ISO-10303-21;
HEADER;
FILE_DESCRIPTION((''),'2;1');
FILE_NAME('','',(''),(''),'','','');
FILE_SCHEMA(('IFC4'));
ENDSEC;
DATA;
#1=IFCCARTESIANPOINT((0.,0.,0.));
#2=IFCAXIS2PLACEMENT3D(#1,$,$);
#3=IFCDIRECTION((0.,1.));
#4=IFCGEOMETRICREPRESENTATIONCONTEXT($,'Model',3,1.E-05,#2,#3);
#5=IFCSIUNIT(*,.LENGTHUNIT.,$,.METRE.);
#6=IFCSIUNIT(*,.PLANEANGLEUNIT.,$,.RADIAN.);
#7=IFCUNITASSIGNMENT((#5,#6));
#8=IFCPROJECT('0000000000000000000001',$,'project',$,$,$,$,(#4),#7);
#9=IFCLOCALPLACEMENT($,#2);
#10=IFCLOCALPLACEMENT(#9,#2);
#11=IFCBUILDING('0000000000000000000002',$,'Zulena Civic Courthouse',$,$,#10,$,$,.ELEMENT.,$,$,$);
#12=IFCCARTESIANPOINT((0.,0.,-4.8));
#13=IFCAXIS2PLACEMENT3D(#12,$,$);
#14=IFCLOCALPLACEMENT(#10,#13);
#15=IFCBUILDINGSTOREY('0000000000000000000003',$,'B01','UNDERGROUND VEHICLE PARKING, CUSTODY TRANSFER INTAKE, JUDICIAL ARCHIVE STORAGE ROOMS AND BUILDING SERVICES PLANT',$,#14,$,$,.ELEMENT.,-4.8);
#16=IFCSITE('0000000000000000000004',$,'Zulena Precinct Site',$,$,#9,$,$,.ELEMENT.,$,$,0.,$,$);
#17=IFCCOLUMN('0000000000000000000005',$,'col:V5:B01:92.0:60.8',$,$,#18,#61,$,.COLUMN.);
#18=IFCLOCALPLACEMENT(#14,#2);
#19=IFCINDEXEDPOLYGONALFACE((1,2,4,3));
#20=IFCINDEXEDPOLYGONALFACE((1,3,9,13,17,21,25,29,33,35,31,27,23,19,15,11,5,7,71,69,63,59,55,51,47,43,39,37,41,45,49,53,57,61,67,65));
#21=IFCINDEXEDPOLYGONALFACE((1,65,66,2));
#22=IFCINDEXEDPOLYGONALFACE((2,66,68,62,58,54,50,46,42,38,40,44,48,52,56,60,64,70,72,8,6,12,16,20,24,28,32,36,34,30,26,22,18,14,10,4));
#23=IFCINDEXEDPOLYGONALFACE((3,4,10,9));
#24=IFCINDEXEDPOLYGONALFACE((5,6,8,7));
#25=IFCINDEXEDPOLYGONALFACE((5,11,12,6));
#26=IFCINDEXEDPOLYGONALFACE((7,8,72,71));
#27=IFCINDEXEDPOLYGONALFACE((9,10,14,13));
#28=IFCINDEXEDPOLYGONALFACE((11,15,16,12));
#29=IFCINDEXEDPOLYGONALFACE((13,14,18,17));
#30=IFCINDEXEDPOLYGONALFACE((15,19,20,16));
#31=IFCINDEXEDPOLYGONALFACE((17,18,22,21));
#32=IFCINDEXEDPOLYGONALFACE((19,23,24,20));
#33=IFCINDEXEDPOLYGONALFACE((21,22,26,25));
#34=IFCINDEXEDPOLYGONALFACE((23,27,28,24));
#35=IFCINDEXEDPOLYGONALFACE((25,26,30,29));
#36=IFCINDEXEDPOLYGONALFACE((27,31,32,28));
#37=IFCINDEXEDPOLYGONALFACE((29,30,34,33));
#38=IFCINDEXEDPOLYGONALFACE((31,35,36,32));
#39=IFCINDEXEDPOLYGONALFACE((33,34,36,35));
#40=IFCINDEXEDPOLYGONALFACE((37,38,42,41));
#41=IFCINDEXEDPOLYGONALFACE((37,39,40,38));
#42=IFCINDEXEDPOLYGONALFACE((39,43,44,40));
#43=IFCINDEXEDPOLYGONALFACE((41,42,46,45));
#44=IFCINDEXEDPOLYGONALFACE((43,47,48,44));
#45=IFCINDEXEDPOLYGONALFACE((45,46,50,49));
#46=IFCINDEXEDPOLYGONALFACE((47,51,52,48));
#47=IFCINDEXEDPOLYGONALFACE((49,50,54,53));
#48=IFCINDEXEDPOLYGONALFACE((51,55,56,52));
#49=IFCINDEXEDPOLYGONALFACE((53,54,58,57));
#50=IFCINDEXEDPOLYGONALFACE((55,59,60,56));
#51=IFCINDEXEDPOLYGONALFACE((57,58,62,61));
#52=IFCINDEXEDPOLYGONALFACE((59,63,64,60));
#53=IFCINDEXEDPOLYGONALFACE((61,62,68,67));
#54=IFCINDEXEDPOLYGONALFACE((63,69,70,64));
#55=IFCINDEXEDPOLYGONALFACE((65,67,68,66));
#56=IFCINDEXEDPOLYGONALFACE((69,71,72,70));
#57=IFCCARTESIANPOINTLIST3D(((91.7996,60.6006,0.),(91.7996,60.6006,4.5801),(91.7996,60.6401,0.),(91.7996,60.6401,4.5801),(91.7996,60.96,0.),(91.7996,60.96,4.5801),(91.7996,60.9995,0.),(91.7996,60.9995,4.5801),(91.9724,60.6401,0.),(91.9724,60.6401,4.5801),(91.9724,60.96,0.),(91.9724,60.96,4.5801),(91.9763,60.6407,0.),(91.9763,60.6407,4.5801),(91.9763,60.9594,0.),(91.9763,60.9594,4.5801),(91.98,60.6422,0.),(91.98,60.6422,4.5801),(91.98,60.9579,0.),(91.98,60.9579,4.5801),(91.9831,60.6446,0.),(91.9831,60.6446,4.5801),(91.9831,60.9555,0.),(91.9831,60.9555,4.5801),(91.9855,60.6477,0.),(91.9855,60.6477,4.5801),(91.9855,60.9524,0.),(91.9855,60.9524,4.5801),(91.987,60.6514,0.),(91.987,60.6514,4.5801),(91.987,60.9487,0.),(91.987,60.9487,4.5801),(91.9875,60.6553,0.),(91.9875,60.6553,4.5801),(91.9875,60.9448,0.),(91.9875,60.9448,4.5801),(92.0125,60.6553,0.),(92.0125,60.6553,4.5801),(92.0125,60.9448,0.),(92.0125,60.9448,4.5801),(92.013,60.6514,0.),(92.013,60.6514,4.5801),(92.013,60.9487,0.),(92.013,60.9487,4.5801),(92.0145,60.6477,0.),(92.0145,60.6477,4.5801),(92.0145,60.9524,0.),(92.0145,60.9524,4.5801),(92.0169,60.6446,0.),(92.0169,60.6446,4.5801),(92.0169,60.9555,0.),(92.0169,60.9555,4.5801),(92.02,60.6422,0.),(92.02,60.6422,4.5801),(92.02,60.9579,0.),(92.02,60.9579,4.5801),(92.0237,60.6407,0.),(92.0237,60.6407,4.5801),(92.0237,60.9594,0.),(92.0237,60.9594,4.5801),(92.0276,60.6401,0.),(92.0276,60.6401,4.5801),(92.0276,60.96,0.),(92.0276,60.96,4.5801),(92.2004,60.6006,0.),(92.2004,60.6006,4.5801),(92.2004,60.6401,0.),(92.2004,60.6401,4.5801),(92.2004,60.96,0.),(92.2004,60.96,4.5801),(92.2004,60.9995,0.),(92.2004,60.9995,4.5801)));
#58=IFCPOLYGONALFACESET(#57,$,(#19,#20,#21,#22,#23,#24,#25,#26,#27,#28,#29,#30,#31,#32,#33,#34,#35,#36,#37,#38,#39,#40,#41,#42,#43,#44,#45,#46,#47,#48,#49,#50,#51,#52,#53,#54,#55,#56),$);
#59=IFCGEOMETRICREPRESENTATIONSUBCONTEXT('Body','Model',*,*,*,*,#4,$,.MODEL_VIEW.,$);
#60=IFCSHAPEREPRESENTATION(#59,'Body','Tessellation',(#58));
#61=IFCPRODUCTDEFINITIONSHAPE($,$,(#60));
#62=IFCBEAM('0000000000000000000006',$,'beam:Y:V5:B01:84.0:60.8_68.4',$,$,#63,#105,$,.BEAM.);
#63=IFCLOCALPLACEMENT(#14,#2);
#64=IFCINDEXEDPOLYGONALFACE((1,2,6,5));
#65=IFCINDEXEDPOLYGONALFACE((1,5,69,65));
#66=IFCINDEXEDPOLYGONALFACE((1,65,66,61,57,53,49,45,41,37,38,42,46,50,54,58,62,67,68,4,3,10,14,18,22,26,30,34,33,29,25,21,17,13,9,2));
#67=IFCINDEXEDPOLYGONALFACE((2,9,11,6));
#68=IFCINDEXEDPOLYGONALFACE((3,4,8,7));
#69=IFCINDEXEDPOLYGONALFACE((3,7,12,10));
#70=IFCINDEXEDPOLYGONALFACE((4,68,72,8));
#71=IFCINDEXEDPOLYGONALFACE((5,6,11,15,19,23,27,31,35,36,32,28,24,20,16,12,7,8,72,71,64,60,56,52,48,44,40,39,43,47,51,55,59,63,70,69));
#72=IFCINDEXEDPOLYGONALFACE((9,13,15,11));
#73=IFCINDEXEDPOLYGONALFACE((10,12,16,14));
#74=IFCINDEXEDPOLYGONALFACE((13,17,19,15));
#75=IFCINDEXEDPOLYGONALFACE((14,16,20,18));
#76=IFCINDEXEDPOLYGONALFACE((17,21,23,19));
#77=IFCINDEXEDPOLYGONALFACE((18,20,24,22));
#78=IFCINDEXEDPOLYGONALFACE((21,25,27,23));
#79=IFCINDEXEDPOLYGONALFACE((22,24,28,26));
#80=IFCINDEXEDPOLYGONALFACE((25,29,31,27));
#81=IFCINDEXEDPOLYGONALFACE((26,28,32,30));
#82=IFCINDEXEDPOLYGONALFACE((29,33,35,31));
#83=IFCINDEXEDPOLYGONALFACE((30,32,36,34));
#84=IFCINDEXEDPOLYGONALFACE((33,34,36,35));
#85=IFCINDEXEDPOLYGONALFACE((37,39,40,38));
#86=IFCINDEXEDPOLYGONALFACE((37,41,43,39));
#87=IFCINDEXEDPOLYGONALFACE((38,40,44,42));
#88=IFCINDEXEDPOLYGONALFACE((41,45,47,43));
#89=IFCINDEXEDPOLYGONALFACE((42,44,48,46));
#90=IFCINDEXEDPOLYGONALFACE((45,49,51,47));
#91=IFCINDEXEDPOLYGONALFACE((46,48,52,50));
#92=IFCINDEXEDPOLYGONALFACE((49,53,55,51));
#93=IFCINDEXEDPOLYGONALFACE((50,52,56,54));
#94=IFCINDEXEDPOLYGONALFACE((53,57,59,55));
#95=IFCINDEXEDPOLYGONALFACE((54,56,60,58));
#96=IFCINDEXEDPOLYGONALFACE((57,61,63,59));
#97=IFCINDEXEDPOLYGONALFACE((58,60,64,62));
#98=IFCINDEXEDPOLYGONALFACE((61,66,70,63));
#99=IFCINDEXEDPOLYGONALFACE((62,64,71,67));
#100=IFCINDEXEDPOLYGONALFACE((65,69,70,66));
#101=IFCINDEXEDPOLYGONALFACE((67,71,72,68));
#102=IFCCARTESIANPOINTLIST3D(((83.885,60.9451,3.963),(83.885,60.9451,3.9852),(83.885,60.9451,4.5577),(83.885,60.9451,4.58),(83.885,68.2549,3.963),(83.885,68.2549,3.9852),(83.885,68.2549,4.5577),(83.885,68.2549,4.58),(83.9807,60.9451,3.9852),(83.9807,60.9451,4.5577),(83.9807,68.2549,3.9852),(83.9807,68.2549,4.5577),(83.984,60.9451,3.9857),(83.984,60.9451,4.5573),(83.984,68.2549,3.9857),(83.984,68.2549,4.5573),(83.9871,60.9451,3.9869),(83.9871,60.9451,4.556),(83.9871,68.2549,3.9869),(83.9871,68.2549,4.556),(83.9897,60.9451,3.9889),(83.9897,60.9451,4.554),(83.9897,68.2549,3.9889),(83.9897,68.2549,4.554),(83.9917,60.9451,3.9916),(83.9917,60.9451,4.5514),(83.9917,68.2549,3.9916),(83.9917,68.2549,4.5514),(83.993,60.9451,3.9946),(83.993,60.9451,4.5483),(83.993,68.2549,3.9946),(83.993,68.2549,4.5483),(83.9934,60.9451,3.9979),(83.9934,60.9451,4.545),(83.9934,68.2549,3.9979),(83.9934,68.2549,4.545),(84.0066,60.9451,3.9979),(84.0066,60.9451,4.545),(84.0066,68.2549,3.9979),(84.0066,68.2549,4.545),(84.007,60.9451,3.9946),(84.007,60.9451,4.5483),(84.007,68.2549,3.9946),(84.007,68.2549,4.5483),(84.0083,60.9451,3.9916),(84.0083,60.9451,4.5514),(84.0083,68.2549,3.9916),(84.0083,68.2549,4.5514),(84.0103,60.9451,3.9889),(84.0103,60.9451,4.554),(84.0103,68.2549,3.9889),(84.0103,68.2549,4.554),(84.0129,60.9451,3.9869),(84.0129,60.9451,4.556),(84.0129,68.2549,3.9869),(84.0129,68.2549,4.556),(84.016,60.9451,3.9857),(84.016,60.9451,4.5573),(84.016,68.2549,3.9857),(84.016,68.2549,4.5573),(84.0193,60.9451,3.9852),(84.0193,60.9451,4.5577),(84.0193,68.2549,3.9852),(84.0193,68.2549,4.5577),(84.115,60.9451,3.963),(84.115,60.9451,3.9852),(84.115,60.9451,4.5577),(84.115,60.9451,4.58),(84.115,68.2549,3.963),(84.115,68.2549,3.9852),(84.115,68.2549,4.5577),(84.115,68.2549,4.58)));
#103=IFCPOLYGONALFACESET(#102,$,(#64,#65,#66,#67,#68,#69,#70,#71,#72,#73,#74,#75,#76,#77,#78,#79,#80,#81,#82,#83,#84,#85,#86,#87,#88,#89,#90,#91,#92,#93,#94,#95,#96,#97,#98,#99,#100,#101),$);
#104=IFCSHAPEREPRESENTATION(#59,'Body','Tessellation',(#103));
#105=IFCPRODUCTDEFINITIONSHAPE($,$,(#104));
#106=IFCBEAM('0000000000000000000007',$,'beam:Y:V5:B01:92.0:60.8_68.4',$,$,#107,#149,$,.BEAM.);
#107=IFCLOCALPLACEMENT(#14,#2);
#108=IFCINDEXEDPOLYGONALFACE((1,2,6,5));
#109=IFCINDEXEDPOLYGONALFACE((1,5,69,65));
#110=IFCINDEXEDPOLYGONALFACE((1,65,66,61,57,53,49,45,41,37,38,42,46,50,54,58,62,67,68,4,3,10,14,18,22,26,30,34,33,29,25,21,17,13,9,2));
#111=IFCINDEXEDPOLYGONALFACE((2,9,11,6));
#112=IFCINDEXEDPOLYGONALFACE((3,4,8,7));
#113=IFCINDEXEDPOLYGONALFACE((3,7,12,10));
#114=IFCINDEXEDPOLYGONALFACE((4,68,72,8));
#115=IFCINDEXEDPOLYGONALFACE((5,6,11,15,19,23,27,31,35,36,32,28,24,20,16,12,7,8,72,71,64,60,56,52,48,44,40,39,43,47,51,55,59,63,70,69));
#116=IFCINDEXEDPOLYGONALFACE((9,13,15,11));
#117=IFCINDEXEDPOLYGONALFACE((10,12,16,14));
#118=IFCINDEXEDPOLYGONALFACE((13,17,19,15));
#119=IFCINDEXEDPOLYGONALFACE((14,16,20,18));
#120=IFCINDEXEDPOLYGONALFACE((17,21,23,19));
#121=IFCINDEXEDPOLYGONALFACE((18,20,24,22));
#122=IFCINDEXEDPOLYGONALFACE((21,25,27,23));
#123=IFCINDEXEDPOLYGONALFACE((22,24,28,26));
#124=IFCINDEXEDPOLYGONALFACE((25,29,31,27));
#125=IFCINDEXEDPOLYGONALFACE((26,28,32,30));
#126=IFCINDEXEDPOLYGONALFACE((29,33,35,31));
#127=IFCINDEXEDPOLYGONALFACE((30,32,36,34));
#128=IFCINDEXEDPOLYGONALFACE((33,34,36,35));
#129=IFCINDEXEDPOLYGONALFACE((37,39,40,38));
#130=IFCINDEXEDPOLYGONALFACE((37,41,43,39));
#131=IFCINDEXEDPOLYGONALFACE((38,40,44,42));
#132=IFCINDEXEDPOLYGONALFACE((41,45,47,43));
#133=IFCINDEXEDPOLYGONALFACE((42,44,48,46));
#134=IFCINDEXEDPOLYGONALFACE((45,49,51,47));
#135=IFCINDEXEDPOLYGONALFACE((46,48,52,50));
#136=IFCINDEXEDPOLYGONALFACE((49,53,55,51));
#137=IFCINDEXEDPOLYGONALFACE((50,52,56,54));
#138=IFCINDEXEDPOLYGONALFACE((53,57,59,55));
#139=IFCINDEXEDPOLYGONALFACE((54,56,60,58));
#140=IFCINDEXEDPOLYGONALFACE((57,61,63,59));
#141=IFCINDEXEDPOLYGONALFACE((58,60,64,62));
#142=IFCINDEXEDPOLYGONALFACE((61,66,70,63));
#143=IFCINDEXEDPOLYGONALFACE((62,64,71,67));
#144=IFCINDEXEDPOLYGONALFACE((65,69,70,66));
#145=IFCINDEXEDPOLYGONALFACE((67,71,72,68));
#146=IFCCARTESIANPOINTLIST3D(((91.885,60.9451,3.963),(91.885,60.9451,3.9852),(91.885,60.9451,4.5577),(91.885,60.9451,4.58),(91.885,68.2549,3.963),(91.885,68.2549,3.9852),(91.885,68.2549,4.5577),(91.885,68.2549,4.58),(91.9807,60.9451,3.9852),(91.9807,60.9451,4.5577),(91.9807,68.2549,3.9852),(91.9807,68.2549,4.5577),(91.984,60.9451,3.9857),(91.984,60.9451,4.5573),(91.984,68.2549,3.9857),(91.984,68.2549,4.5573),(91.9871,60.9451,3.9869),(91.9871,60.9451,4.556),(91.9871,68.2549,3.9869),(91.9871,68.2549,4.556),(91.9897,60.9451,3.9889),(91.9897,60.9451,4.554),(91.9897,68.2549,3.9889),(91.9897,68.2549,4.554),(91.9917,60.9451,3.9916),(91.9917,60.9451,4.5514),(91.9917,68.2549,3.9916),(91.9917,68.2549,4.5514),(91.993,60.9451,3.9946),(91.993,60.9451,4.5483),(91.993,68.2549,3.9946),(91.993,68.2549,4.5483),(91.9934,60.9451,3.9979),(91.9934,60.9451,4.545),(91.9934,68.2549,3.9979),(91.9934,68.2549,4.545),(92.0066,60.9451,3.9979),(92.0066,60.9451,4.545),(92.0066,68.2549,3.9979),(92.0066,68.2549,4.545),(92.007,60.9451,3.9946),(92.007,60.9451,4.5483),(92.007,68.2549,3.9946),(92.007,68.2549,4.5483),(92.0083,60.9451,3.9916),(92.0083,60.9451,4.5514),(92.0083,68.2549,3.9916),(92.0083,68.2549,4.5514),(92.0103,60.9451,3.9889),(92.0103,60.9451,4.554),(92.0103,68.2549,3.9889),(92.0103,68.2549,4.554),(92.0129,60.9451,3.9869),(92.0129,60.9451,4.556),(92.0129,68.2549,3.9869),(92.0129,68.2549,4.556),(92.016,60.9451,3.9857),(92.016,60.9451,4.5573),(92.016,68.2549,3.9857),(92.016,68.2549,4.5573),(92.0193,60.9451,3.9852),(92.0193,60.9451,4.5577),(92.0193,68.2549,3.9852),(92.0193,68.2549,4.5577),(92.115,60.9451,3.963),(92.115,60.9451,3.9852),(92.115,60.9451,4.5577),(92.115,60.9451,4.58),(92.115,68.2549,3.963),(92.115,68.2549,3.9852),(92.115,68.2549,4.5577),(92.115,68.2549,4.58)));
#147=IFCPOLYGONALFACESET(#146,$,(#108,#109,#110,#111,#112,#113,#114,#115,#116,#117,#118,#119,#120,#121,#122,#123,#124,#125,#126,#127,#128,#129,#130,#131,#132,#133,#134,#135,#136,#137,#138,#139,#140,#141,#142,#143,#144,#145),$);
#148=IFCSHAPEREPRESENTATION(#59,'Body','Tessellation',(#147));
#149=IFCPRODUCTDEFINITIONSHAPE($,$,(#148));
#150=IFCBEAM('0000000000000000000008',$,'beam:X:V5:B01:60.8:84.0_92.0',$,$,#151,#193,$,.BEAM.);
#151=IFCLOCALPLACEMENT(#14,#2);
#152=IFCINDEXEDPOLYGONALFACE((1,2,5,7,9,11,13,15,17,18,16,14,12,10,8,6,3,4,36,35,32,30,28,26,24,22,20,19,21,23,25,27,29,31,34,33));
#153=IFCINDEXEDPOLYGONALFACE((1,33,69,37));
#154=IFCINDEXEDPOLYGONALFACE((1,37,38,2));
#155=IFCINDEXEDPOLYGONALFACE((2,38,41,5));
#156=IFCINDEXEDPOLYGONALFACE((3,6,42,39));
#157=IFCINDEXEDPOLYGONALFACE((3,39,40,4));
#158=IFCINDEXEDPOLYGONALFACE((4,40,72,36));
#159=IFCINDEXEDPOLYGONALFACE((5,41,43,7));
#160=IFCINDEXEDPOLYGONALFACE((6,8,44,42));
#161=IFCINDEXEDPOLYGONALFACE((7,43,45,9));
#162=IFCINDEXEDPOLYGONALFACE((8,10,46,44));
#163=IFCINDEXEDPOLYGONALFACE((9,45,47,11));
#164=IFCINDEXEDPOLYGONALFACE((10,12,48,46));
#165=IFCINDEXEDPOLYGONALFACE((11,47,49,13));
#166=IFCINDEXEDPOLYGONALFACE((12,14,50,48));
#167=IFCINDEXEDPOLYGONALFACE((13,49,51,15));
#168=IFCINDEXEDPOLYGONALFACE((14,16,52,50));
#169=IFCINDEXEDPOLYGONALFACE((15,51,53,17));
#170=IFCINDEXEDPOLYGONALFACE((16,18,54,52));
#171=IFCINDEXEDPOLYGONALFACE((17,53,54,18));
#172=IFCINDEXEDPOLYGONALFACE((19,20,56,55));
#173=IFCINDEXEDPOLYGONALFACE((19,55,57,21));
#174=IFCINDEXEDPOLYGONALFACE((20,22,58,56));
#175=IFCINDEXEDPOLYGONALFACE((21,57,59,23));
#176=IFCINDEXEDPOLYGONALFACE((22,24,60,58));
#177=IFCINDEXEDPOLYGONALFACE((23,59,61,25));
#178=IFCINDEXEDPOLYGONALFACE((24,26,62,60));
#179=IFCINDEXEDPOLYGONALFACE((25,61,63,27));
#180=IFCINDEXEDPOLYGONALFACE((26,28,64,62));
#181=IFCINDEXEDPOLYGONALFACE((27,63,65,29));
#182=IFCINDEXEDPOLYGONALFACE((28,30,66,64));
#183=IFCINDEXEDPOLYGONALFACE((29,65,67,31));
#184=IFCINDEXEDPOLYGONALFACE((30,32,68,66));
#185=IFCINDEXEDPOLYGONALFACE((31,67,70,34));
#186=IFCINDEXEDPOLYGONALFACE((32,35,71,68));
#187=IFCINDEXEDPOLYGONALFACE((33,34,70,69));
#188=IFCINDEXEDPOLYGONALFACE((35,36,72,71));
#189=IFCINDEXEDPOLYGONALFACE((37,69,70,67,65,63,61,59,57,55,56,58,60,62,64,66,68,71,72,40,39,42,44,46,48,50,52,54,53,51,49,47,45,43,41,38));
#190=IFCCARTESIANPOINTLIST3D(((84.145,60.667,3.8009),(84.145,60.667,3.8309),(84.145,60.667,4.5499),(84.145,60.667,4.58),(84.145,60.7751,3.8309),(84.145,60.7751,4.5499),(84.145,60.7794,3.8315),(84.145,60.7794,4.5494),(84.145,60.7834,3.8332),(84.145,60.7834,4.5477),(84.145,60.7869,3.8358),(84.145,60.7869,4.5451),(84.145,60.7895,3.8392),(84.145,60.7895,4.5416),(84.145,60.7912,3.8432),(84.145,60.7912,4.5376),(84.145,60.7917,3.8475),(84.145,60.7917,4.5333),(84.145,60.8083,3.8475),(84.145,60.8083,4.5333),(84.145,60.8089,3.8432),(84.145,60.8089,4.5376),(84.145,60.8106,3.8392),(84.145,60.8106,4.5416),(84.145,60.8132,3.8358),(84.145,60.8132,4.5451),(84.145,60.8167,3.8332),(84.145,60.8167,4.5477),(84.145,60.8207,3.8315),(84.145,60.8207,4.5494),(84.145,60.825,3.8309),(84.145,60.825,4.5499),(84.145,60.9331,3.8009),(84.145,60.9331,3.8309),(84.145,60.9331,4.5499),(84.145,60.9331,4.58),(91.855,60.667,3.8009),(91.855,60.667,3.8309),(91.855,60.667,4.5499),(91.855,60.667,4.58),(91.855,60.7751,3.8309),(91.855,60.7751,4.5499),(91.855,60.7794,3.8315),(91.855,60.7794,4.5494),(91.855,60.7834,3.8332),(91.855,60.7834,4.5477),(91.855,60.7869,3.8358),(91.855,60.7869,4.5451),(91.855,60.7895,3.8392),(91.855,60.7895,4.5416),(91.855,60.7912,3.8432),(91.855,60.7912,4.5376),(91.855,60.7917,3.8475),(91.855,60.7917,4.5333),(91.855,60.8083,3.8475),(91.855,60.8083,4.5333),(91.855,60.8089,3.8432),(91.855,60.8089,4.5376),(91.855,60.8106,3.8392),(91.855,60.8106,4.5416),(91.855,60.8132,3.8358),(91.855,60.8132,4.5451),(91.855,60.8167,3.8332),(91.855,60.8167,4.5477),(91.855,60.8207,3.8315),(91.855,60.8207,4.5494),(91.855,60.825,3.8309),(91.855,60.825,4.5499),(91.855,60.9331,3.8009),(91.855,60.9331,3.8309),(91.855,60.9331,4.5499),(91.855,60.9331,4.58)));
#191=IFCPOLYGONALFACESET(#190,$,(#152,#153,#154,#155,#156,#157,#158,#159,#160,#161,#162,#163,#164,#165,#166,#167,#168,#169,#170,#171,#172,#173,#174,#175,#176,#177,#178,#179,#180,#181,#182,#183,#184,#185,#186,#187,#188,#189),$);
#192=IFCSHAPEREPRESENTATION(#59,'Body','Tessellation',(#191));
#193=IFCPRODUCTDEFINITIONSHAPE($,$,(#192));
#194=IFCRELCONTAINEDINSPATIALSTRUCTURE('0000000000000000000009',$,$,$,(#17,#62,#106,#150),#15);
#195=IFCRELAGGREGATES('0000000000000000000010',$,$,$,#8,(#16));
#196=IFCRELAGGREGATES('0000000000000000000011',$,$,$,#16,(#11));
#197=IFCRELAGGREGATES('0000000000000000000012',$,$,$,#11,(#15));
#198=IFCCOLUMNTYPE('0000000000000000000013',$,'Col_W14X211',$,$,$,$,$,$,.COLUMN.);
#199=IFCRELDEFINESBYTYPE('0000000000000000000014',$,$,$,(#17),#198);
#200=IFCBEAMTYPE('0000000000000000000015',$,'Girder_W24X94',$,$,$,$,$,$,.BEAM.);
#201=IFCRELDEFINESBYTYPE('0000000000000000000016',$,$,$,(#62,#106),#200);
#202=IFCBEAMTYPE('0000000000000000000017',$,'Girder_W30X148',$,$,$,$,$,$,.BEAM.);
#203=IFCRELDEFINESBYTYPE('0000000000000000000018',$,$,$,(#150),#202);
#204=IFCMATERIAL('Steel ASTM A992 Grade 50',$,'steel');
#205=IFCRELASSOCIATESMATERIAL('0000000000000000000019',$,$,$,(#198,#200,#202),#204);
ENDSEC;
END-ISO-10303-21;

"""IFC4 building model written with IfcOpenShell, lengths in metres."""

from ifc_helpers import new_model, si_unit, direction, frame, origin, origin_2d, place, context, subcontext, project, spatial, i_section, extrude, material, material_profile, profile_set, type_object, element, save


model = new_model("IFC4")

# Units and contexts
model_context = context("Model", 3, precision=1e-05, world=origin(), true_north=direction((0.0, 1.0)))
body_context = subcontext(model_context, "Body", "Model", "MODEL_VIEW")
ifc_project = project(units=[si_unit("LENGTHUNIT", "METRE"), si_unit("PLANEANGLEUNIT", "RADIAN")], contexts=[model_context])

# Site, building, storey
site_placement = place(None, origin())
site = spatial("IfcSite", under=ifc_project, at=site_placement, Name="Zulena Precinct Site", CompositionType="ELEMENT", RefElevation=0.0)
building_placement = place(site_placement, origin())
building = spatial("IfcBuilding", under=site, at=building_placement, Name="Zulena Civic Courthouse", CompositionType="ELEMENT")
storey_placement = place(building_placement, frame((0.0, 0.0, -4.8)))
storey = spatial("IfcBuildingStorey", under=building, at=storey_placement, Name="B01", Description="UNDERGROUND VEHICLE PARKING, CUSTODY TRANSFER INTAKE, JUDICIAL ARCHIVE STORAGE ROOMS AND BUILDING SERVICES PLANT", CompositionType="ELEMENT", Elevation=-4.8)

# Column
ifc_material_1 = material(Name="Steel ASTM A992 Grade 50", Category="steel")
ifc_material_profile_1 = material_profile(ifc_material_1, i_section(OverallWidth=0.4009, OverallDepth=0.3989, WebThickness=0.0249, FlangeThickness=0.0396, FilletRadius=0.0151, at=origin_2d()), Name="W14X211")
ifc_profile_set_1 = profile_set([ifc_material_profile_1], Name="Steel ASTM A992 Grade 50")
column_type_1 = type_object("IfcColumnType", Name="Col_W14X211", PredefinedType="COLUMN", material=ifc_profile_set_1)
column_placement = place(storey_placement, frame((92.0, 60.8, 0.0), z_axis=(0.0, 0.0, 1.0), x_axis=(1.0, 0.0, 0.0)))
element("IfcColumn", 1, at=column_placement, inside=storey, type_object=column_type_1, Name="col:V5:B01:92.0:60.8", PredefinedType="COLUMN", context=body_context, shape_type="SweptSolid", body=[
    extrude(i_section(OverallWidth=0.4009, OverallDepth=0.3989, WebThickness=0.0249, FlangeThickness=0.0396, FilletRadius=0.0151, at=origin_2d()), origin(), (0.0, 0.0, 1.0), 4.5801),
])

# Beams
ifc_material_profile_2 = material_profile(ifc_material_1, i_section(OverallWidth=0.23, OverallDepth=0.6169, WebThickness=0.0132, FlangeThickness=0.0222, FilletRadius=0.0127, at=origin_2d()), Name="W24X94")
ifc_profile_set_2 = profile_set([ifc_material_profile_2], Name="Steel ASTM A992 Grade 50")
beam_type_1 = type_object("IfcBeamType", Name="Girder_W24X94", PredefinedType="BEAM", material=ifc_profile_set_2)
for number, where, z_axis, x_axis, name in (
    (2, (84.0, 60.9451, 4.2715), (0.0, 1.0, 0.0), (-1.0, 0.0, 0.0), "beam:Y:V5:B01:84.0:60.8_68.4"),
    (3, (92.0, 60.9451, 4.2715), (0.0, 1.0, 0.0), (-1.0, 0.0, 0.0), "beam:Y:V5:B01:92.0:60.8_68.4"),
):
    element("IfcBeam", number, at=place(storey_placement, frame(where, z_axis=z_axis, x_axis=x_axis)), inside=storey, type_object=beam_type_1, Name=name, PredefinedType="BEAM", context=body_context, shape_type="SweptSolid", body=[
        extrude(i_section(OverallWidth=0.23, OverallDepth=0.6169, WebThickness=0.0132, FlangeThickness=0.0222, FilletRadius=0.0127, at=origin_2d()), origin(), (0.0, 0.0, 1.0), 7.3098),
    ])
ifc_material_profile_3 = material_profile(ifc_material_1, i_section(OverallWidth=0.2661, OverallDepth=0.7791, WebThickness=0.0166, FlangeThickness=0.03, FilletRadius=0.0166, at=origin_2d()), Name="W30X148")
ifc_profile_set_3 = profile_set([ifc_material_profile_3], Name="Steel ASTM A992 Grade 50")
beam_type_2 = type_object("IfcBeamType", Name="Girder_W30X148", PredefinedType="BEAM", material=ifc_profile_set_3)
for number, where, z_axis, x_axis, name in (
    (4, (84.145, 60.8, 4.1904), (1.0, 0.0, 0.0), (0.0, 1.0, 0.0), "beam:X:V5:B01:60.8:84.0_92.0"),
):
    element("IfcBeam", number, at=place(storey_placement, frame(where, z_axis=z_axis, x_axis=x_axis)), inside=storey, type_object=beam_type_2, Name=name, PredefinedType="BEAM", context=body_context, shape_type="SweptSolid", body=[
        extrude(i_section(OverallWidth=0.2661, OverallDepth=0.7791, WebThickness=0.0166, FlangeThickness=0.03, FilletRadius=0.0166, at=origin_2d()), origin(), (0.0, 0.0, 1.0), 7.71),
    ])

save(model, "model.ifc")
